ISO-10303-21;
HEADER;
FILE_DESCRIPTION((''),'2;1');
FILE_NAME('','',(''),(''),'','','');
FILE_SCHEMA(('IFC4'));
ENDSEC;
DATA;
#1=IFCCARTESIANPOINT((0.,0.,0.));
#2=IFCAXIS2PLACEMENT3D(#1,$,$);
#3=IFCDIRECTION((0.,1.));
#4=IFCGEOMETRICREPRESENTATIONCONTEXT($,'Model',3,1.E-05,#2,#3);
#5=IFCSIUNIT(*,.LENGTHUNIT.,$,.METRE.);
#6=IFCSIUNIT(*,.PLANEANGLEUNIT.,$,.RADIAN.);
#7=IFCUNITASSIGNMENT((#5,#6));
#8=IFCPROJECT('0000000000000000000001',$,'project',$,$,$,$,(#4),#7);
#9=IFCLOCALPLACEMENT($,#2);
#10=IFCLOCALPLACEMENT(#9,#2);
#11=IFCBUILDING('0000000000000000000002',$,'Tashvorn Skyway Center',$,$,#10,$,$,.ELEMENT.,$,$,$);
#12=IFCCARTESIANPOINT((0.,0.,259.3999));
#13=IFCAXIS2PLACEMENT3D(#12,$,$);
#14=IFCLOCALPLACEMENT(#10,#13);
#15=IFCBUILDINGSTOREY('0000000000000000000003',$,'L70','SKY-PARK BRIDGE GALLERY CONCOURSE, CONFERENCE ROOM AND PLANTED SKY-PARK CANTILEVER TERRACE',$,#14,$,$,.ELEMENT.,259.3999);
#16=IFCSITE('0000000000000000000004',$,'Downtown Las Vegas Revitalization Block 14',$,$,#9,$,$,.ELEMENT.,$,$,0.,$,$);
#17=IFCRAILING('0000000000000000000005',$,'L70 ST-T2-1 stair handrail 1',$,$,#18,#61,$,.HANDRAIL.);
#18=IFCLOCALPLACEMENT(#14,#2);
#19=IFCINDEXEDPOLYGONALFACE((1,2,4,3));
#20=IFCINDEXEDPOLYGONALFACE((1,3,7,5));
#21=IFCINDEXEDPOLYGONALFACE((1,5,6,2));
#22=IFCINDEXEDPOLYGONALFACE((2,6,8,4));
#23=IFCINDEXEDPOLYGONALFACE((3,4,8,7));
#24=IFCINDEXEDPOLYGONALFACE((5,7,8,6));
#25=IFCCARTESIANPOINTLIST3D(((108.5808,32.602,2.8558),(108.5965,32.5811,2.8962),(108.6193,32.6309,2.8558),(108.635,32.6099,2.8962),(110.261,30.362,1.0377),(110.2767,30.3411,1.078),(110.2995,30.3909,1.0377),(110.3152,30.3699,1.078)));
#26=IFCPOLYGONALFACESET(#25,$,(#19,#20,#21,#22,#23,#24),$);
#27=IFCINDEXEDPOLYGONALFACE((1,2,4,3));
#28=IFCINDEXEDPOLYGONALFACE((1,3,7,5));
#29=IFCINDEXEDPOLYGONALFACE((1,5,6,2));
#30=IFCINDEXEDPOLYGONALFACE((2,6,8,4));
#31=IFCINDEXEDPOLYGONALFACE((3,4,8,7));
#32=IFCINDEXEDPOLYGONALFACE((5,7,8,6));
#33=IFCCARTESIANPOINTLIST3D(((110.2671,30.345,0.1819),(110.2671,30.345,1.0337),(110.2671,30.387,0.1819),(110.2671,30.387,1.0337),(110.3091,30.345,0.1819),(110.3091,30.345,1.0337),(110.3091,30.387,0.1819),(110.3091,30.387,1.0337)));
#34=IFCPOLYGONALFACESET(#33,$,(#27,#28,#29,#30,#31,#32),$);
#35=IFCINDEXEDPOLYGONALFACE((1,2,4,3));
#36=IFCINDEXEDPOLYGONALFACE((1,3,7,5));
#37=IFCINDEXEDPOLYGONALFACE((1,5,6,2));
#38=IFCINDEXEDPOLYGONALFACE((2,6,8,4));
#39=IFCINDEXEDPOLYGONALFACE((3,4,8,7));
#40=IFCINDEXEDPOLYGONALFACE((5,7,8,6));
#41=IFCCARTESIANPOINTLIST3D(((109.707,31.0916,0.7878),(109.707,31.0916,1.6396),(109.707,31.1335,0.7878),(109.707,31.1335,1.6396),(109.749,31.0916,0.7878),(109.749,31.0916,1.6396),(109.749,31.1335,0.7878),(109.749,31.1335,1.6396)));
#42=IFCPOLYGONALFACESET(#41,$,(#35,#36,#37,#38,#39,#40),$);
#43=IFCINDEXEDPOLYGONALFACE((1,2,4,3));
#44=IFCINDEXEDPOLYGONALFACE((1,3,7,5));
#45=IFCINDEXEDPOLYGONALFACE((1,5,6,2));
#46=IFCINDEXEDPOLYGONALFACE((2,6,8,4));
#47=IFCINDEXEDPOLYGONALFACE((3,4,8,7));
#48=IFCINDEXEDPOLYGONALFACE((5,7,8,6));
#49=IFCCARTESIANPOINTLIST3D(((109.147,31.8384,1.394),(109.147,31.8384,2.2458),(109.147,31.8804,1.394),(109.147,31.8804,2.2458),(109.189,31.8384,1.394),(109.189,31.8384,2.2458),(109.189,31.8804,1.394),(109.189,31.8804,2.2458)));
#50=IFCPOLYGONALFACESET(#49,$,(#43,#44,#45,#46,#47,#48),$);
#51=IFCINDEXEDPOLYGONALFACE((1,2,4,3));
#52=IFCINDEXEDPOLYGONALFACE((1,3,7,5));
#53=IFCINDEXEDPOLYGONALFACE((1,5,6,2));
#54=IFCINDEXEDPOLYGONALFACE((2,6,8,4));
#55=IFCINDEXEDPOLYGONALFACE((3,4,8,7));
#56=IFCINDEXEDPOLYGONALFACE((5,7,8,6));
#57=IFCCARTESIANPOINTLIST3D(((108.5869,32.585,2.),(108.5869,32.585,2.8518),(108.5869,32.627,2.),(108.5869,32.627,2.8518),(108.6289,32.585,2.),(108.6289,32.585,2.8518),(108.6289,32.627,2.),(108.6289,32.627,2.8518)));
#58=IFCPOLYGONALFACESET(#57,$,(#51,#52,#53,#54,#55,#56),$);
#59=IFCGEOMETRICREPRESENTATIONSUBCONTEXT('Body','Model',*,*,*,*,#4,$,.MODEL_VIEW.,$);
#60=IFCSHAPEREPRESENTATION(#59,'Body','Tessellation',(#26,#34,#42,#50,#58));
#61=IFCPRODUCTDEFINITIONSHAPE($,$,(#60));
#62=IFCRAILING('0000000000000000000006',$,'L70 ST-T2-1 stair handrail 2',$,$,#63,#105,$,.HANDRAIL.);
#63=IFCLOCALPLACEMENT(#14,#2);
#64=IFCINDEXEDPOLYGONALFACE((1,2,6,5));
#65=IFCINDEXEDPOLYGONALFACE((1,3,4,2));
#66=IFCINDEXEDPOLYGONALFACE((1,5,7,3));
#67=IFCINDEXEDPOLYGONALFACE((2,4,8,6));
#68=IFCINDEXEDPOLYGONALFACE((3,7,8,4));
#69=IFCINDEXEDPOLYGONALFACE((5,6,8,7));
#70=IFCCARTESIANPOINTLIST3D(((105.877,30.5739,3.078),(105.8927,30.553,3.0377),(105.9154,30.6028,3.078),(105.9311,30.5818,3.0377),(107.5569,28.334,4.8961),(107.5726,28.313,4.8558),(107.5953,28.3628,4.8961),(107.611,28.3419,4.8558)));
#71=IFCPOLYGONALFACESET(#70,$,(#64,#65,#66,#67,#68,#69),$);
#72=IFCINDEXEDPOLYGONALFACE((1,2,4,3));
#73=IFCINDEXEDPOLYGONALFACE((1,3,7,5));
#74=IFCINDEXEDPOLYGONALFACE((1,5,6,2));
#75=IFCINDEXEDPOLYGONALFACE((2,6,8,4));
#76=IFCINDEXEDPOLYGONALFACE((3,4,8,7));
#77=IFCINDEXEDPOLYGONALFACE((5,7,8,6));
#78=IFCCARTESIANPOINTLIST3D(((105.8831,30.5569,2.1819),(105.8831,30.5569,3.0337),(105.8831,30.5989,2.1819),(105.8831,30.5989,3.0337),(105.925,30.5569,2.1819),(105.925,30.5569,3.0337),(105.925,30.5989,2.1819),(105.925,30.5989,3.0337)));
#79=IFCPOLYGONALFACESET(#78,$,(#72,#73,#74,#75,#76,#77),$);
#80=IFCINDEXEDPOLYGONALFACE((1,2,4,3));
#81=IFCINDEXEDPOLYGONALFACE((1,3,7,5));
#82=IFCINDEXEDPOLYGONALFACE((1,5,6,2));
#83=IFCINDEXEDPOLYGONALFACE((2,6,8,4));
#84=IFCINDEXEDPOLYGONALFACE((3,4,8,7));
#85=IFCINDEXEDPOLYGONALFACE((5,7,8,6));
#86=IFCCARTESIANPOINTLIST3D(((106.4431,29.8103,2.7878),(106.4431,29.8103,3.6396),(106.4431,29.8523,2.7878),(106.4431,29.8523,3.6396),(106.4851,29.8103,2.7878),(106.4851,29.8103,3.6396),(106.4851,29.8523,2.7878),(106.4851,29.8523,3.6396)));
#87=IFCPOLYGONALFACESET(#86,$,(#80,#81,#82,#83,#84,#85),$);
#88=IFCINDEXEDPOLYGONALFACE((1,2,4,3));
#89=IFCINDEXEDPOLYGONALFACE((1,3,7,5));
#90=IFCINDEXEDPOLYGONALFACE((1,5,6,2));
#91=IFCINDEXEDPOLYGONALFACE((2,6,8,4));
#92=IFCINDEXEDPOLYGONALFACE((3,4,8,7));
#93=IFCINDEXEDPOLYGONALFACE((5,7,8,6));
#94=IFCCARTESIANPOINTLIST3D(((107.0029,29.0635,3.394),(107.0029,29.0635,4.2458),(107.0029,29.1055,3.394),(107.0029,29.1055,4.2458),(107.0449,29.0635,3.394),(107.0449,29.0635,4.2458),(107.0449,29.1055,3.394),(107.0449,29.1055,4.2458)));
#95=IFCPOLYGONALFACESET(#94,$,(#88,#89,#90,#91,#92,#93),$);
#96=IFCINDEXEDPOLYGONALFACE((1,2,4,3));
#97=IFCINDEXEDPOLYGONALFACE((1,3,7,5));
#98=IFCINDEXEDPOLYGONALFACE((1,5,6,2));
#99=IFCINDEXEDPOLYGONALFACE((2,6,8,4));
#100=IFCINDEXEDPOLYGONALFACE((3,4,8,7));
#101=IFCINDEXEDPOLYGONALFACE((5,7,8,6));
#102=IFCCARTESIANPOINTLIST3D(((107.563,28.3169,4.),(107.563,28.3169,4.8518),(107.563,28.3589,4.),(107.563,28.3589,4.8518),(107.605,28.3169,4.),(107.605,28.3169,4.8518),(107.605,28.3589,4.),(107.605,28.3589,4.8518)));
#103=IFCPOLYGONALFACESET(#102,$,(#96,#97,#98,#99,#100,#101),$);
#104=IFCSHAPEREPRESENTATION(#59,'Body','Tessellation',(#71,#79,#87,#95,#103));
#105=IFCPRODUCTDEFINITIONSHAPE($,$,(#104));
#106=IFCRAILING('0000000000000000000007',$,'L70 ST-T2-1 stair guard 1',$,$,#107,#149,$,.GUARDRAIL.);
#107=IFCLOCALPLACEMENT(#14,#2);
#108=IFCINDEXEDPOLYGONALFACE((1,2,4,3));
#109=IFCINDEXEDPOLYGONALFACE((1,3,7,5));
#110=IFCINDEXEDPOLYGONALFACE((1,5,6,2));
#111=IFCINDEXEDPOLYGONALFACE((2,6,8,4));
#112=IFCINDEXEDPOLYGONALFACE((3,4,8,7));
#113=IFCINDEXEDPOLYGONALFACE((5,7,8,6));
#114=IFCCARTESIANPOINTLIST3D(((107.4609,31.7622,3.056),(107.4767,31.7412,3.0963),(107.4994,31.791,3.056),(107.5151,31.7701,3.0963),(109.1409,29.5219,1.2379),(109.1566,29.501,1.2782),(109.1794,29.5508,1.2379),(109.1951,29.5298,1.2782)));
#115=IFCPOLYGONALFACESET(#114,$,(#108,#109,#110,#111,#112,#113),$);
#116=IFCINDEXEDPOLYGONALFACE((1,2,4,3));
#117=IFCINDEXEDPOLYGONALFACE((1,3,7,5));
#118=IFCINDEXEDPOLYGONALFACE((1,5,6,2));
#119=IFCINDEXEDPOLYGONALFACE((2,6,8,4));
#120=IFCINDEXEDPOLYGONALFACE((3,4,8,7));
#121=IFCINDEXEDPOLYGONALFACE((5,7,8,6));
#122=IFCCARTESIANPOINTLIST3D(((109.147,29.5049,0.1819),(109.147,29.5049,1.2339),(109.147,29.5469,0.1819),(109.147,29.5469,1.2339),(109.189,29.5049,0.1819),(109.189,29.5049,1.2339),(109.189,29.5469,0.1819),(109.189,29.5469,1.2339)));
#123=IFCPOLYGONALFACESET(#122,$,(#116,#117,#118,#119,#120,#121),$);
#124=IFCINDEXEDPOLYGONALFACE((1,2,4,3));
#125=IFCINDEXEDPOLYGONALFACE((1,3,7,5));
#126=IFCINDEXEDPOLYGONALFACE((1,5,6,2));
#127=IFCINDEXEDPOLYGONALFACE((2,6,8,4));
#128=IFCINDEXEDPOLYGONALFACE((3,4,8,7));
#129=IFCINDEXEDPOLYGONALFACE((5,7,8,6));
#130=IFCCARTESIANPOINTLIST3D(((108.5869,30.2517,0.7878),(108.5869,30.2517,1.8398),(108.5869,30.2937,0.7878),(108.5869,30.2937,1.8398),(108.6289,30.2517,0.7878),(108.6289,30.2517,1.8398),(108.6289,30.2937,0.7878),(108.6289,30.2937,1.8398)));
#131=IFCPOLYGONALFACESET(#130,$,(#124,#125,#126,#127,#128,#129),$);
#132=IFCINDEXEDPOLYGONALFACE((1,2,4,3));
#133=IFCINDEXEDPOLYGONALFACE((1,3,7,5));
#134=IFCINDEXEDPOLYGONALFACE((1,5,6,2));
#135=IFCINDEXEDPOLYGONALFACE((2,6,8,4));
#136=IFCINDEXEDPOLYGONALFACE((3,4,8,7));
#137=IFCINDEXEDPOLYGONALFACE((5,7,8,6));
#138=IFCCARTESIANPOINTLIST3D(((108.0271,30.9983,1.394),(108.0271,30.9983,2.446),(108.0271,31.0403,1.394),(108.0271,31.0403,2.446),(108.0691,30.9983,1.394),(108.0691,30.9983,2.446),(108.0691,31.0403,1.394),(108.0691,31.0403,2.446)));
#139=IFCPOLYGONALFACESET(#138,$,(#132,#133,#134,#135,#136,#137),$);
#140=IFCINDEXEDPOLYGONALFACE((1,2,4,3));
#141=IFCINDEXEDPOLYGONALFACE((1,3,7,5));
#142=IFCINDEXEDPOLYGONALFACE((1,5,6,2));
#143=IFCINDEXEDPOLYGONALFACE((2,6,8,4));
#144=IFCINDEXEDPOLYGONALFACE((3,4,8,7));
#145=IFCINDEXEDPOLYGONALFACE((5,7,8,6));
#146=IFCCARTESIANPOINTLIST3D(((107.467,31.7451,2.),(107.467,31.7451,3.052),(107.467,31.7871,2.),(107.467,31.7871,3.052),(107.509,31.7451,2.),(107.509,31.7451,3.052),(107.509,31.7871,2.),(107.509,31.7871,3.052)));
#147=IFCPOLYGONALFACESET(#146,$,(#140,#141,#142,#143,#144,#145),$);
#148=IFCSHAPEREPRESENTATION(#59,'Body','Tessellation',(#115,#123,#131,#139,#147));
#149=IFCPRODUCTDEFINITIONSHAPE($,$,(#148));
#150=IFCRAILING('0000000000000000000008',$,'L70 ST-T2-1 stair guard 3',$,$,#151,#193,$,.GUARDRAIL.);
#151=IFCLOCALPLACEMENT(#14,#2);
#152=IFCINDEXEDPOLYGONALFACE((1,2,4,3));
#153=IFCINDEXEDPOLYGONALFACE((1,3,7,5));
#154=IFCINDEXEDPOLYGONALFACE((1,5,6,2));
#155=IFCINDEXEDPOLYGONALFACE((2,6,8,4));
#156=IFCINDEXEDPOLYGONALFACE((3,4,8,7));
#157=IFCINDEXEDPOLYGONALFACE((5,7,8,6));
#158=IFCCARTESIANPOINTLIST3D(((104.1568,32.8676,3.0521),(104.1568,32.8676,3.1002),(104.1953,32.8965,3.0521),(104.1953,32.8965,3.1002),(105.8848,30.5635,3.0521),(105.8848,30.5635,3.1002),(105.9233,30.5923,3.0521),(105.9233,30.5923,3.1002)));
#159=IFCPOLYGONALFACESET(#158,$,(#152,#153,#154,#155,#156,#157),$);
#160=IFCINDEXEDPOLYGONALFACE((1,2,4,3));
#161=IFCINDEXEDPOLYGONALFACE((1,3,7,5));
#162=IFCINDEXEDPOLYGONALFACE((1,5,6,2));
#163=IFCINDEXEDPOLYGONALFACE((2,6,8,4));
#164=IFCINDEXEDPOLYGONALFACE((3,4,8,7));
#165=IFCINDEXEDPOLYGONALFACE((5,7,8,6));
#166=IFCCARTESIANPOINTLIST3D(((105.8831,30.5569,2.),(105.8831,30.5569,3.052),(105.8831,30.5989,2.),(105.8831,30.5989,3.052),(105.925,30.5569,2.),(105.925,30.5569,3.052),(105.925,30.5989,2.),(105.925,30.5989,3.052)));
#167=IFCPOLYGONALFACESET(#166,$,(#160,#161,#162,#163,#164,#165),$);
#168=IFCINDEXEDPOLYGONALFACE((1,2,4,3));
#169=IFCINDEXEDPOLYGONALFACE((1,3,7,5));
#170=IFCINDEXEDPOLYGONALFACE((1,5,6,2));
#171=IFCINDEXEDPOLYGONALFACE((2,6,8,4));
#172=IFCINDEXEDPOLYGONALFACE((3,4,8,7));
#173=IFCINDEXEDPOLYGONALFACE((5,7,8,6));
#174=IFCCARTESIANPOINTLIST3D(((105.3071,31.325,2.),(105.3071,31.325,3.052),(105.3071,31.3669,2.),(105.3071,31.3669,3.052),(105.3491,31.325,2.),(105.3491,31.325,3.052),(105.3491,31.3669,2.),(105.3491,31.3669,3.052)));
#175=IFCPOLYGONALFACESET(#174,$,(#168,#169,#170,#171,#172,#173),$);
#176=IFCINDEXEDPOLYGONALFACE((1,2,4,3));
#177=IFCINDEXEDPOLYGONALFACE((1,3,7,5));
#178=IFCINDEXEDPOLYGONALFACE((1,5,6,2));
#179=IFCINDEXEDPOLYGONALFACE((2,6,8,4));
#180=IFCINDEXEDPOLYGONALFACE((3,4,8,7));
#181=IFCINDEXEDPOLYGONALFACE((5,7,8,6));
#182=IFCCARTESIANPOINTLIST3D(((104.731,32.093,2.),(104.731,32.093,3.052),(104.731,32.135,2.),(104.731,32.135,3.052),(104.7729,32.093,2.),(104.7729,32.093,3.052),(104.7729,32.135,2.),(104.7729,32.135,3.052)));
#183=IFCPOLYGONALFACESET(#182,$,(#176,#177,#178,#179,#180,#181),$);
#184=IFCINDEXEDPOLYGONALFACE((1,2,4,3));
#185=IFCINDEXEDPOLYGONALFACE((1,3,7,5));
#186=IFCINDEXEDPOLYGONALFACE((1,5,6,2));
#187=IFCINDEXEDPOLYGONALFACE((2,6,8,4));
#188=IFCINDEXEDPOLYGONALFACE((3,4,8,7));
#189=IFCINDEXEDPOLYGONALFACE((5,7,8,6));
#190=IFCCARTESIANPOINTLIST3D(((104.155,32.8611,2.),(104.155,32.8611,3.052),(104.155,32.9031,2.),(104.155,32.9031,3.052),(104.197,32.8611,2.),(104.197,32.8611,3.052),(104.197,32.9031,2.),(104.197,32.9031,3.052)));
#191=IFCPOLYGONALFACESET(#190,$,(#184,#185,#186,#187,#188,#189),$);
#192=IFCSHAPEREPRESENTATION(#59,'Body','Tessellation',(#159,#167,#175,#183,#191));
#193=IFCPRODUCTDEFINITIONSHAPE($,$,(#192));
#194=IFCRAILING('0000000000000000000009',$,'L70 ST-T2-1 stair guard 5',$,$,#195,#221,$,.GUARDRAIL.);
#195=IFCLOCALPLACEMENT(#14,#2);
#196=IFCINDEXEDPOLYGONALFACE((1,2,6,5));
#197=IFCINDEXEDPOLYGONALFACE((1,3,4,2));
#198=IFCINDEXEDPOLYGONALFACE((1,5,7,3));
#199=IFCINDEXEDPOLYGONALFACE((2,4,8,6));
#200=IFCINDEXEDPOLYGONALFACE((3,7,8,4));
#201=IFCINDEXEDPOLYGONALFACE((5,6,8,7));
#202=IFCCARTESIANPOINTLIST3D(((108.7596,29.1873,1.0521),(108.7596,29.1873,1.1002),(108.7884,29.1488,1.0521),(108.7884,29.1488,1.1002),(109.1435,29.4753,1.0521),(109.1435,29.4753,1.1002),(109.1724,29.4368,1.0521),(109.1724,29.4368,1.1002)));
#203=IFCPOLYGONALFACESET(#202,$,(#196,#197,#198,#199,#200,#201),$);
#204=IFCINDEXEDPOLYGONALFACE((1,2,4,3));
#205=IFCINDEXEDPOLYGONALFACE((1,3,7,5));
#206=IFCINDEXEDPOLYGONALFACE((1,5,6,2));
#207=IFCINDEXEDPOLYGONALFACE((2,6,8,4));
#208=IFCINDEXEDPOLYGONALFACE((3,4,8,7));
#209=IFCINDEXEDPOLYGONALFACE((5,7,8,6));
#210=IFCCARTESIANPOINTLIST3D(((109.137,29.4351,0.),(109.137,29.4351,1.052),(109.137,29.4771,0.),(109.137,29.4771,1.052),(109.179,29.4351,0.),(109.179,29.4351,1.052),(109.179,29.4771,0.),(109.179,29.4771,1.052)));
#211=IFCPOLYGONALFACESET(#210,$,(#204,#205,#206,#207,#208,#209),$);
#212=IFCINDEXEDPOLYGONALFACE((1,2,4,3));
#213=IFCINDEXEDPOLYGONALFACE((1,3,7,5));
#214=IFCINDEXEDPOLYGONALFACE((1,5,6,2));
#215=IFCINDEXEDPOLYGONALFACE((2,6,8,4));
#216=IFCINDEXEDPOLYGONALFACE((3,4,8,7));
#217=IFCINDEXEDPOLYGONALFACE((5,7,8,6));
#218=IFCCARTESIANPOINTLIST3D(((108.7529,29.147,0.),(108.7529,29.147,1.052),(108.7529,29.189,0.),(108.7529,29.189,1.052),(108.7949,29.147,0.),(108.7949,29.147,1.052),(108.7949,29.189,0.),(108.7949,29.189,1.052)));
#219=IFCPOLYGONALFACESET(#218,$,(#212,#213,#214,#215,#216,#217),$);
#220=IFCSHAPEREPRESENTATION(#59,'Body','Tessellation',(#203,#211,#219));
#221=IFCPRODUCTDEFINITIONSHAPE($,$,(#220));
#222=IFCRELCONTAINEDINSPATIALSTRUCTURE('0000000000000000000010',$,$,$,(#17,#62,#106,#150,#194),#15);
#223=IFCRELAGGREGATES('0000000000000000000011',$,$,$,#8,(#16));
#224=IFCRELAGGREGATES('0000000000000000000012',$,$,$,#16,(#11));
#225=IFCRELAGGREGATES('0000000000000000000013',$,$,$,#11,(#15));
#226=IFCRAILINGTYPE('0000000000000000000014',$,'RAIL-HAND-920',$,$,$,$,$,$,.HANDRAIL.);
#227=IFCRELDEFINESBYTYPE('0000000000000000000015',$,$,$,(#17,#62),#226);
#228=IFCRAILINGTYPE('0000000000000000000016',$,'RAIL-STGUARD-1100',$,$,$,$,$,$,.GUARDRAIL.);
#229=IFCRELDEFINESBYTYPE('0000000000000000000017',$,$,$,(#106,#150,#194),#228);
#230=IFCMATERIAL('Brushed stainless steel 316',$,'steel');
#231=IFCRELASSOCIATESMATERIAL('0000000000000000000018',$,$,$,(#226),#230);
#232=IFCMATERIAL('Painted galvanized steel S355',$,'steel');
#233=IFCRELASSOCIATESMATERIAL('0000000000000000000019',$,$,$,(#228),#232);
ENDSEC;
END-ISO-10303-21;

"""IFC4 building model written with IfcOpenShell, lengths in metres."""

from ifc_helpers import new_model, si_unit, direction, frame, origin, origin_2d, place, context, subcontext, project, spatial, rectangle, extrude, material, type_object, element, save


model = new_model("IFC4")

# Units and contexts
model_context = context("Model", 3, precision=1e-05, world=origin(), true_north=direction((0.0, 1.0)))
body_context = subcontext(model_context, "Body", "Model", "MODEL_VIEW")
ifc_project = project(units=[si_unit("LENGTHUNIT", "METRE"), si_unit("PLANEANGLEUNIT", "RADIAN")], contexts=[model_context])

# Site, building, storey
site_placement = place(None, origin())
site = spatial("IfcSite", under=ifc_project, at=site_placement, Name="Downtown Las Vegas Revitalization Block 14", CompositionType="ELEMENT", RefElevation=0.0)
building_placement = place(site_placement, origin())
building = spatial("IfcBuilding", under=site, at=building_placement, Name="Tashvorn Skyway Center", CompositionType="ELEMENT")
storey_placement = place(building_placement, frame((0.0, 0.0, 259.3999)))
storey = spatial("IfcBuildingStorey", under=building, at=storey_placement, Name="L70", Description="SKY-PARK BRIDGE GALLERY CONCOURSE, CONFERENCE ROOM AND PLANTED SKY-PARK CANTILEVER TERRACE", CompositionType="ELEMENT", Elevation=259.3999)

# Railings
ifc_material_1 = material(Name="Brushed stainless steel 316", Category="steel")
railing_type_1 = type_object("IfcRailingType", Name="RAIL-HAND-920", PredefinedType="HANDRAIL", material=ifc_material_1)
railing_1_placement = place(storey_placement, frame((110.2881, 30.366, 0.1819)))
element("IfcRailing", 1, at=railing_1_placement, inside=storey, type_object=railing_type_1, Name="L70 ST-T2-1 stair handrail 1", PredefinedType="HANDRAIL", context=body_context, shape_type="SweptSolid", body=[
    extrude(rectangle(XDim=0.0481, YDim=0.0481, at=origin_2d()), frame((0.0, 0.0, 0.876), z_axis=(-0.503261, 0.670942, 0.544578), x_axis=(-0.799969, -0.600042, 0.0)), (0.0, 0.0, 1.0), 3.3386),
    extrude(rectangle(XDim=0.042, YDim=0.042, at=origin_2d()), origin(), (0.0, 0.0, 1.0), 0.8518),
    extrude(rectangle(XDim=0.042, YDim=0.042, at=origin_2d()), frame((-0.5601, 0.7466, 0.606)), (0.0, 0.0, 1.0), 0.8518),
    extrude(rectangle(XDim=0.042, YDim=0.042, at=origin_2d()), frame((-1.1201, 1.4934, 1.2122)), (0.0, 0.0, 1.0), 0.8518),
    extrude(rectangle(XDim=0.042, YDim=0.042, at=origin_2d()), frame((-1.6802, 2.24, 1.8181)), (0.0, 0.0, 1.0), 0.8518),
])
railing_2_placement = place(storey_placement, frame((105.9041, 30.5779, 2.1819)))
element("IfcRailing", 2, at=railing_2_placement, inside=storey, type_object=railing_type_1, Name="L70 ST-T2-1 stair handrail 2", PredefinedType="HANDRAIL", context=body_context, shape_type="SweptSolid", body=[
    extrude(rectangle(XDim=0.0481, YDim=0.0481, at=origin_2d()), frame((0.0, 0.0, 0.876), z_axis=(0.503207, -0.670966, 0.544598), x_axis=(0.80001, 0.599986, 0.0)), (0.0, 0.0, 1.0), 3.3384),
    extrude(rectangle(XDim=0.042, YDim=0.042, at=origin_2d()), origin(), (0.0, 0.0, 1.0), 0.8518),
    extrude(rectangle(XDim=0.042, YDim=0.042, at=origin_2d()), frame((0.5601, -0.7466, 0.606)), (0.0, 0.0, 1.0), 0.8518),
    extrude(rectangle(XDim=0.042, YDim=0.042, at=origin_2d()), frame((1.1199, -1.4934, 1.2122)), (0.0, 0.0, 1.0), 0.8518),
    extrude(rectangle(XDim=0.042, YDim=0.042, at=origin_2d()), frame((1.6799, -2.24, 1.8181)), (0.0, 0.0, 1.0), 0.8518),
])
ifc_material_2 = material(Name="Painted galvanized steel S355", Category="steel")
railing_type_2 = type_object("IfcRailingType", Name="RAIL-STGUARD-1100", PredefinedType="GUARDRAIL", material=ifc_material_2)
railing_3_placement = place(storey_placement, frame((109.168, 29.5259, 0.1819)))
element("IfcRailing", 3, at=railing_3_placement, inside=storey, type_object=railing_type_2, Name="L70 ST-T2-1 stair guard 1", PredefinedType="GUARDRAIL", context=body_context, shape_type="SweptSolid", body=[
    extrude(rectangle(XDim=0.0481, YDim=0.0481, at=origin_2d()), frame((0.0, 0.0, 1.0762), z_axis=(-0.503182, 0.671007, 0.544571), x_axis=(-0.800042, -0.599944, 0.0)), (0.0, 0.0, 1.0), 3.3386),
    extrude(rectangle(XDim=0.042, YDim=0.042, at=origin_2d()), origin(), (0.0, 0.0, 1.0), 1.052),
    extrude(rectangle(XDim=0.042, YDim=0.042, at=origin_2d()), frame((-0.5601, 0.7468, 0.606)), (0.0, 0.0, 1.0), 1.052),
    extrude(rectangle(XDim=0.042, YDim=0.042, at=origin_2d()), frame((-1.1199, 1.4934, 1.2122)), (0.0, 0.0, 1.0), 1.052),
    extrude(rectangle(XDim=0.042, YDim=0.042, at=origin_2d()), frame((-1.6799, 2.2402, 1.8181)), (0.0, 0.0, 1.0), 1.052),
])
railing_4_placement = place(storey_placement, frame((105.9041, 30.5779, 2.0)))
element("IfcRailing", 4, at=railing_4_placement, inside=storey, type_object=railing_type_2, Name="L70 ST-T2-1 stair guard 3", PredefinedType="GUARDRAIL", context=body_context, shape_type="SweptSolid", body=[
    extrude(rectangle(XDim=0.0481, YDim=0.0481, at=origin_2d()), frame((0.0, 0.0, 1.0762), z_axis=(-0.599973, 0.80002, 0.0), x_axis=(-0.80002, -0.599973, 0.0)), (0.0, 0.0, 1.0), 2.8801),
    extrude(rectangle(XDim=0.042, YDim=0.042, at=origin_2d()), origin(), (0.0, 0.0, 1.0), 1.052),
    extrude(rectangle(XDim=0.042, YDim=0.042, at=origin_2d()), frame((-0.5759, 0.7681, 0.0)), (0.0, 0.0, 1.0), 1.052),
    extrude(rectangle(XDim=0.042, YDim=0.042, at=origin_2d()), frame((-1.1521, 1.5361, 0.0)), (0.0, 0.0, 1.0), 1.052),
    extrude(rectangle(XDim=0.042, YDim=0.042, at=origin_2d()), frame((-1.728, 2.3042, 0.0)), (0.0, 0.0, 1.0), 1.052),
])
railing_5_placement = place(storey_placement, frame((109.158, 29.4561, 0.0)))
element("IfcRailing", 5, at=railing_5_placement, inside=storey, type_object=railing_type_2, Name="L70 ST-T2-1 stair guard 5", PredefinedType="GUARDRAIL", context=body_context, shape_type="SweptSolid", body=[
    extrude(rectangle(XDim=0.0481, YDim=0.0481, at=origin_2d()), frame((0.0, 0.0, 1.0762), z_axis=(-0.799939, -0.600081, 0.0), x_axis=(0.600081, -0.799939, 0.0)), (0.0, 0.0, 1.0), 0.48),
    extrude(rectangle(XDim=0.042, YDim=0.042, at=origin_2d()), origin(), (0.0, 0.0, 1.0), 1.052),
    extrude(rectangle(XDim=0.042, YDim=0.042, at=origin_2d()), frame((-0.384, -0.2881, 0.0)), (0.0, 0.0, 1.0), 1.052),
])

save(model, "model.ifc")
